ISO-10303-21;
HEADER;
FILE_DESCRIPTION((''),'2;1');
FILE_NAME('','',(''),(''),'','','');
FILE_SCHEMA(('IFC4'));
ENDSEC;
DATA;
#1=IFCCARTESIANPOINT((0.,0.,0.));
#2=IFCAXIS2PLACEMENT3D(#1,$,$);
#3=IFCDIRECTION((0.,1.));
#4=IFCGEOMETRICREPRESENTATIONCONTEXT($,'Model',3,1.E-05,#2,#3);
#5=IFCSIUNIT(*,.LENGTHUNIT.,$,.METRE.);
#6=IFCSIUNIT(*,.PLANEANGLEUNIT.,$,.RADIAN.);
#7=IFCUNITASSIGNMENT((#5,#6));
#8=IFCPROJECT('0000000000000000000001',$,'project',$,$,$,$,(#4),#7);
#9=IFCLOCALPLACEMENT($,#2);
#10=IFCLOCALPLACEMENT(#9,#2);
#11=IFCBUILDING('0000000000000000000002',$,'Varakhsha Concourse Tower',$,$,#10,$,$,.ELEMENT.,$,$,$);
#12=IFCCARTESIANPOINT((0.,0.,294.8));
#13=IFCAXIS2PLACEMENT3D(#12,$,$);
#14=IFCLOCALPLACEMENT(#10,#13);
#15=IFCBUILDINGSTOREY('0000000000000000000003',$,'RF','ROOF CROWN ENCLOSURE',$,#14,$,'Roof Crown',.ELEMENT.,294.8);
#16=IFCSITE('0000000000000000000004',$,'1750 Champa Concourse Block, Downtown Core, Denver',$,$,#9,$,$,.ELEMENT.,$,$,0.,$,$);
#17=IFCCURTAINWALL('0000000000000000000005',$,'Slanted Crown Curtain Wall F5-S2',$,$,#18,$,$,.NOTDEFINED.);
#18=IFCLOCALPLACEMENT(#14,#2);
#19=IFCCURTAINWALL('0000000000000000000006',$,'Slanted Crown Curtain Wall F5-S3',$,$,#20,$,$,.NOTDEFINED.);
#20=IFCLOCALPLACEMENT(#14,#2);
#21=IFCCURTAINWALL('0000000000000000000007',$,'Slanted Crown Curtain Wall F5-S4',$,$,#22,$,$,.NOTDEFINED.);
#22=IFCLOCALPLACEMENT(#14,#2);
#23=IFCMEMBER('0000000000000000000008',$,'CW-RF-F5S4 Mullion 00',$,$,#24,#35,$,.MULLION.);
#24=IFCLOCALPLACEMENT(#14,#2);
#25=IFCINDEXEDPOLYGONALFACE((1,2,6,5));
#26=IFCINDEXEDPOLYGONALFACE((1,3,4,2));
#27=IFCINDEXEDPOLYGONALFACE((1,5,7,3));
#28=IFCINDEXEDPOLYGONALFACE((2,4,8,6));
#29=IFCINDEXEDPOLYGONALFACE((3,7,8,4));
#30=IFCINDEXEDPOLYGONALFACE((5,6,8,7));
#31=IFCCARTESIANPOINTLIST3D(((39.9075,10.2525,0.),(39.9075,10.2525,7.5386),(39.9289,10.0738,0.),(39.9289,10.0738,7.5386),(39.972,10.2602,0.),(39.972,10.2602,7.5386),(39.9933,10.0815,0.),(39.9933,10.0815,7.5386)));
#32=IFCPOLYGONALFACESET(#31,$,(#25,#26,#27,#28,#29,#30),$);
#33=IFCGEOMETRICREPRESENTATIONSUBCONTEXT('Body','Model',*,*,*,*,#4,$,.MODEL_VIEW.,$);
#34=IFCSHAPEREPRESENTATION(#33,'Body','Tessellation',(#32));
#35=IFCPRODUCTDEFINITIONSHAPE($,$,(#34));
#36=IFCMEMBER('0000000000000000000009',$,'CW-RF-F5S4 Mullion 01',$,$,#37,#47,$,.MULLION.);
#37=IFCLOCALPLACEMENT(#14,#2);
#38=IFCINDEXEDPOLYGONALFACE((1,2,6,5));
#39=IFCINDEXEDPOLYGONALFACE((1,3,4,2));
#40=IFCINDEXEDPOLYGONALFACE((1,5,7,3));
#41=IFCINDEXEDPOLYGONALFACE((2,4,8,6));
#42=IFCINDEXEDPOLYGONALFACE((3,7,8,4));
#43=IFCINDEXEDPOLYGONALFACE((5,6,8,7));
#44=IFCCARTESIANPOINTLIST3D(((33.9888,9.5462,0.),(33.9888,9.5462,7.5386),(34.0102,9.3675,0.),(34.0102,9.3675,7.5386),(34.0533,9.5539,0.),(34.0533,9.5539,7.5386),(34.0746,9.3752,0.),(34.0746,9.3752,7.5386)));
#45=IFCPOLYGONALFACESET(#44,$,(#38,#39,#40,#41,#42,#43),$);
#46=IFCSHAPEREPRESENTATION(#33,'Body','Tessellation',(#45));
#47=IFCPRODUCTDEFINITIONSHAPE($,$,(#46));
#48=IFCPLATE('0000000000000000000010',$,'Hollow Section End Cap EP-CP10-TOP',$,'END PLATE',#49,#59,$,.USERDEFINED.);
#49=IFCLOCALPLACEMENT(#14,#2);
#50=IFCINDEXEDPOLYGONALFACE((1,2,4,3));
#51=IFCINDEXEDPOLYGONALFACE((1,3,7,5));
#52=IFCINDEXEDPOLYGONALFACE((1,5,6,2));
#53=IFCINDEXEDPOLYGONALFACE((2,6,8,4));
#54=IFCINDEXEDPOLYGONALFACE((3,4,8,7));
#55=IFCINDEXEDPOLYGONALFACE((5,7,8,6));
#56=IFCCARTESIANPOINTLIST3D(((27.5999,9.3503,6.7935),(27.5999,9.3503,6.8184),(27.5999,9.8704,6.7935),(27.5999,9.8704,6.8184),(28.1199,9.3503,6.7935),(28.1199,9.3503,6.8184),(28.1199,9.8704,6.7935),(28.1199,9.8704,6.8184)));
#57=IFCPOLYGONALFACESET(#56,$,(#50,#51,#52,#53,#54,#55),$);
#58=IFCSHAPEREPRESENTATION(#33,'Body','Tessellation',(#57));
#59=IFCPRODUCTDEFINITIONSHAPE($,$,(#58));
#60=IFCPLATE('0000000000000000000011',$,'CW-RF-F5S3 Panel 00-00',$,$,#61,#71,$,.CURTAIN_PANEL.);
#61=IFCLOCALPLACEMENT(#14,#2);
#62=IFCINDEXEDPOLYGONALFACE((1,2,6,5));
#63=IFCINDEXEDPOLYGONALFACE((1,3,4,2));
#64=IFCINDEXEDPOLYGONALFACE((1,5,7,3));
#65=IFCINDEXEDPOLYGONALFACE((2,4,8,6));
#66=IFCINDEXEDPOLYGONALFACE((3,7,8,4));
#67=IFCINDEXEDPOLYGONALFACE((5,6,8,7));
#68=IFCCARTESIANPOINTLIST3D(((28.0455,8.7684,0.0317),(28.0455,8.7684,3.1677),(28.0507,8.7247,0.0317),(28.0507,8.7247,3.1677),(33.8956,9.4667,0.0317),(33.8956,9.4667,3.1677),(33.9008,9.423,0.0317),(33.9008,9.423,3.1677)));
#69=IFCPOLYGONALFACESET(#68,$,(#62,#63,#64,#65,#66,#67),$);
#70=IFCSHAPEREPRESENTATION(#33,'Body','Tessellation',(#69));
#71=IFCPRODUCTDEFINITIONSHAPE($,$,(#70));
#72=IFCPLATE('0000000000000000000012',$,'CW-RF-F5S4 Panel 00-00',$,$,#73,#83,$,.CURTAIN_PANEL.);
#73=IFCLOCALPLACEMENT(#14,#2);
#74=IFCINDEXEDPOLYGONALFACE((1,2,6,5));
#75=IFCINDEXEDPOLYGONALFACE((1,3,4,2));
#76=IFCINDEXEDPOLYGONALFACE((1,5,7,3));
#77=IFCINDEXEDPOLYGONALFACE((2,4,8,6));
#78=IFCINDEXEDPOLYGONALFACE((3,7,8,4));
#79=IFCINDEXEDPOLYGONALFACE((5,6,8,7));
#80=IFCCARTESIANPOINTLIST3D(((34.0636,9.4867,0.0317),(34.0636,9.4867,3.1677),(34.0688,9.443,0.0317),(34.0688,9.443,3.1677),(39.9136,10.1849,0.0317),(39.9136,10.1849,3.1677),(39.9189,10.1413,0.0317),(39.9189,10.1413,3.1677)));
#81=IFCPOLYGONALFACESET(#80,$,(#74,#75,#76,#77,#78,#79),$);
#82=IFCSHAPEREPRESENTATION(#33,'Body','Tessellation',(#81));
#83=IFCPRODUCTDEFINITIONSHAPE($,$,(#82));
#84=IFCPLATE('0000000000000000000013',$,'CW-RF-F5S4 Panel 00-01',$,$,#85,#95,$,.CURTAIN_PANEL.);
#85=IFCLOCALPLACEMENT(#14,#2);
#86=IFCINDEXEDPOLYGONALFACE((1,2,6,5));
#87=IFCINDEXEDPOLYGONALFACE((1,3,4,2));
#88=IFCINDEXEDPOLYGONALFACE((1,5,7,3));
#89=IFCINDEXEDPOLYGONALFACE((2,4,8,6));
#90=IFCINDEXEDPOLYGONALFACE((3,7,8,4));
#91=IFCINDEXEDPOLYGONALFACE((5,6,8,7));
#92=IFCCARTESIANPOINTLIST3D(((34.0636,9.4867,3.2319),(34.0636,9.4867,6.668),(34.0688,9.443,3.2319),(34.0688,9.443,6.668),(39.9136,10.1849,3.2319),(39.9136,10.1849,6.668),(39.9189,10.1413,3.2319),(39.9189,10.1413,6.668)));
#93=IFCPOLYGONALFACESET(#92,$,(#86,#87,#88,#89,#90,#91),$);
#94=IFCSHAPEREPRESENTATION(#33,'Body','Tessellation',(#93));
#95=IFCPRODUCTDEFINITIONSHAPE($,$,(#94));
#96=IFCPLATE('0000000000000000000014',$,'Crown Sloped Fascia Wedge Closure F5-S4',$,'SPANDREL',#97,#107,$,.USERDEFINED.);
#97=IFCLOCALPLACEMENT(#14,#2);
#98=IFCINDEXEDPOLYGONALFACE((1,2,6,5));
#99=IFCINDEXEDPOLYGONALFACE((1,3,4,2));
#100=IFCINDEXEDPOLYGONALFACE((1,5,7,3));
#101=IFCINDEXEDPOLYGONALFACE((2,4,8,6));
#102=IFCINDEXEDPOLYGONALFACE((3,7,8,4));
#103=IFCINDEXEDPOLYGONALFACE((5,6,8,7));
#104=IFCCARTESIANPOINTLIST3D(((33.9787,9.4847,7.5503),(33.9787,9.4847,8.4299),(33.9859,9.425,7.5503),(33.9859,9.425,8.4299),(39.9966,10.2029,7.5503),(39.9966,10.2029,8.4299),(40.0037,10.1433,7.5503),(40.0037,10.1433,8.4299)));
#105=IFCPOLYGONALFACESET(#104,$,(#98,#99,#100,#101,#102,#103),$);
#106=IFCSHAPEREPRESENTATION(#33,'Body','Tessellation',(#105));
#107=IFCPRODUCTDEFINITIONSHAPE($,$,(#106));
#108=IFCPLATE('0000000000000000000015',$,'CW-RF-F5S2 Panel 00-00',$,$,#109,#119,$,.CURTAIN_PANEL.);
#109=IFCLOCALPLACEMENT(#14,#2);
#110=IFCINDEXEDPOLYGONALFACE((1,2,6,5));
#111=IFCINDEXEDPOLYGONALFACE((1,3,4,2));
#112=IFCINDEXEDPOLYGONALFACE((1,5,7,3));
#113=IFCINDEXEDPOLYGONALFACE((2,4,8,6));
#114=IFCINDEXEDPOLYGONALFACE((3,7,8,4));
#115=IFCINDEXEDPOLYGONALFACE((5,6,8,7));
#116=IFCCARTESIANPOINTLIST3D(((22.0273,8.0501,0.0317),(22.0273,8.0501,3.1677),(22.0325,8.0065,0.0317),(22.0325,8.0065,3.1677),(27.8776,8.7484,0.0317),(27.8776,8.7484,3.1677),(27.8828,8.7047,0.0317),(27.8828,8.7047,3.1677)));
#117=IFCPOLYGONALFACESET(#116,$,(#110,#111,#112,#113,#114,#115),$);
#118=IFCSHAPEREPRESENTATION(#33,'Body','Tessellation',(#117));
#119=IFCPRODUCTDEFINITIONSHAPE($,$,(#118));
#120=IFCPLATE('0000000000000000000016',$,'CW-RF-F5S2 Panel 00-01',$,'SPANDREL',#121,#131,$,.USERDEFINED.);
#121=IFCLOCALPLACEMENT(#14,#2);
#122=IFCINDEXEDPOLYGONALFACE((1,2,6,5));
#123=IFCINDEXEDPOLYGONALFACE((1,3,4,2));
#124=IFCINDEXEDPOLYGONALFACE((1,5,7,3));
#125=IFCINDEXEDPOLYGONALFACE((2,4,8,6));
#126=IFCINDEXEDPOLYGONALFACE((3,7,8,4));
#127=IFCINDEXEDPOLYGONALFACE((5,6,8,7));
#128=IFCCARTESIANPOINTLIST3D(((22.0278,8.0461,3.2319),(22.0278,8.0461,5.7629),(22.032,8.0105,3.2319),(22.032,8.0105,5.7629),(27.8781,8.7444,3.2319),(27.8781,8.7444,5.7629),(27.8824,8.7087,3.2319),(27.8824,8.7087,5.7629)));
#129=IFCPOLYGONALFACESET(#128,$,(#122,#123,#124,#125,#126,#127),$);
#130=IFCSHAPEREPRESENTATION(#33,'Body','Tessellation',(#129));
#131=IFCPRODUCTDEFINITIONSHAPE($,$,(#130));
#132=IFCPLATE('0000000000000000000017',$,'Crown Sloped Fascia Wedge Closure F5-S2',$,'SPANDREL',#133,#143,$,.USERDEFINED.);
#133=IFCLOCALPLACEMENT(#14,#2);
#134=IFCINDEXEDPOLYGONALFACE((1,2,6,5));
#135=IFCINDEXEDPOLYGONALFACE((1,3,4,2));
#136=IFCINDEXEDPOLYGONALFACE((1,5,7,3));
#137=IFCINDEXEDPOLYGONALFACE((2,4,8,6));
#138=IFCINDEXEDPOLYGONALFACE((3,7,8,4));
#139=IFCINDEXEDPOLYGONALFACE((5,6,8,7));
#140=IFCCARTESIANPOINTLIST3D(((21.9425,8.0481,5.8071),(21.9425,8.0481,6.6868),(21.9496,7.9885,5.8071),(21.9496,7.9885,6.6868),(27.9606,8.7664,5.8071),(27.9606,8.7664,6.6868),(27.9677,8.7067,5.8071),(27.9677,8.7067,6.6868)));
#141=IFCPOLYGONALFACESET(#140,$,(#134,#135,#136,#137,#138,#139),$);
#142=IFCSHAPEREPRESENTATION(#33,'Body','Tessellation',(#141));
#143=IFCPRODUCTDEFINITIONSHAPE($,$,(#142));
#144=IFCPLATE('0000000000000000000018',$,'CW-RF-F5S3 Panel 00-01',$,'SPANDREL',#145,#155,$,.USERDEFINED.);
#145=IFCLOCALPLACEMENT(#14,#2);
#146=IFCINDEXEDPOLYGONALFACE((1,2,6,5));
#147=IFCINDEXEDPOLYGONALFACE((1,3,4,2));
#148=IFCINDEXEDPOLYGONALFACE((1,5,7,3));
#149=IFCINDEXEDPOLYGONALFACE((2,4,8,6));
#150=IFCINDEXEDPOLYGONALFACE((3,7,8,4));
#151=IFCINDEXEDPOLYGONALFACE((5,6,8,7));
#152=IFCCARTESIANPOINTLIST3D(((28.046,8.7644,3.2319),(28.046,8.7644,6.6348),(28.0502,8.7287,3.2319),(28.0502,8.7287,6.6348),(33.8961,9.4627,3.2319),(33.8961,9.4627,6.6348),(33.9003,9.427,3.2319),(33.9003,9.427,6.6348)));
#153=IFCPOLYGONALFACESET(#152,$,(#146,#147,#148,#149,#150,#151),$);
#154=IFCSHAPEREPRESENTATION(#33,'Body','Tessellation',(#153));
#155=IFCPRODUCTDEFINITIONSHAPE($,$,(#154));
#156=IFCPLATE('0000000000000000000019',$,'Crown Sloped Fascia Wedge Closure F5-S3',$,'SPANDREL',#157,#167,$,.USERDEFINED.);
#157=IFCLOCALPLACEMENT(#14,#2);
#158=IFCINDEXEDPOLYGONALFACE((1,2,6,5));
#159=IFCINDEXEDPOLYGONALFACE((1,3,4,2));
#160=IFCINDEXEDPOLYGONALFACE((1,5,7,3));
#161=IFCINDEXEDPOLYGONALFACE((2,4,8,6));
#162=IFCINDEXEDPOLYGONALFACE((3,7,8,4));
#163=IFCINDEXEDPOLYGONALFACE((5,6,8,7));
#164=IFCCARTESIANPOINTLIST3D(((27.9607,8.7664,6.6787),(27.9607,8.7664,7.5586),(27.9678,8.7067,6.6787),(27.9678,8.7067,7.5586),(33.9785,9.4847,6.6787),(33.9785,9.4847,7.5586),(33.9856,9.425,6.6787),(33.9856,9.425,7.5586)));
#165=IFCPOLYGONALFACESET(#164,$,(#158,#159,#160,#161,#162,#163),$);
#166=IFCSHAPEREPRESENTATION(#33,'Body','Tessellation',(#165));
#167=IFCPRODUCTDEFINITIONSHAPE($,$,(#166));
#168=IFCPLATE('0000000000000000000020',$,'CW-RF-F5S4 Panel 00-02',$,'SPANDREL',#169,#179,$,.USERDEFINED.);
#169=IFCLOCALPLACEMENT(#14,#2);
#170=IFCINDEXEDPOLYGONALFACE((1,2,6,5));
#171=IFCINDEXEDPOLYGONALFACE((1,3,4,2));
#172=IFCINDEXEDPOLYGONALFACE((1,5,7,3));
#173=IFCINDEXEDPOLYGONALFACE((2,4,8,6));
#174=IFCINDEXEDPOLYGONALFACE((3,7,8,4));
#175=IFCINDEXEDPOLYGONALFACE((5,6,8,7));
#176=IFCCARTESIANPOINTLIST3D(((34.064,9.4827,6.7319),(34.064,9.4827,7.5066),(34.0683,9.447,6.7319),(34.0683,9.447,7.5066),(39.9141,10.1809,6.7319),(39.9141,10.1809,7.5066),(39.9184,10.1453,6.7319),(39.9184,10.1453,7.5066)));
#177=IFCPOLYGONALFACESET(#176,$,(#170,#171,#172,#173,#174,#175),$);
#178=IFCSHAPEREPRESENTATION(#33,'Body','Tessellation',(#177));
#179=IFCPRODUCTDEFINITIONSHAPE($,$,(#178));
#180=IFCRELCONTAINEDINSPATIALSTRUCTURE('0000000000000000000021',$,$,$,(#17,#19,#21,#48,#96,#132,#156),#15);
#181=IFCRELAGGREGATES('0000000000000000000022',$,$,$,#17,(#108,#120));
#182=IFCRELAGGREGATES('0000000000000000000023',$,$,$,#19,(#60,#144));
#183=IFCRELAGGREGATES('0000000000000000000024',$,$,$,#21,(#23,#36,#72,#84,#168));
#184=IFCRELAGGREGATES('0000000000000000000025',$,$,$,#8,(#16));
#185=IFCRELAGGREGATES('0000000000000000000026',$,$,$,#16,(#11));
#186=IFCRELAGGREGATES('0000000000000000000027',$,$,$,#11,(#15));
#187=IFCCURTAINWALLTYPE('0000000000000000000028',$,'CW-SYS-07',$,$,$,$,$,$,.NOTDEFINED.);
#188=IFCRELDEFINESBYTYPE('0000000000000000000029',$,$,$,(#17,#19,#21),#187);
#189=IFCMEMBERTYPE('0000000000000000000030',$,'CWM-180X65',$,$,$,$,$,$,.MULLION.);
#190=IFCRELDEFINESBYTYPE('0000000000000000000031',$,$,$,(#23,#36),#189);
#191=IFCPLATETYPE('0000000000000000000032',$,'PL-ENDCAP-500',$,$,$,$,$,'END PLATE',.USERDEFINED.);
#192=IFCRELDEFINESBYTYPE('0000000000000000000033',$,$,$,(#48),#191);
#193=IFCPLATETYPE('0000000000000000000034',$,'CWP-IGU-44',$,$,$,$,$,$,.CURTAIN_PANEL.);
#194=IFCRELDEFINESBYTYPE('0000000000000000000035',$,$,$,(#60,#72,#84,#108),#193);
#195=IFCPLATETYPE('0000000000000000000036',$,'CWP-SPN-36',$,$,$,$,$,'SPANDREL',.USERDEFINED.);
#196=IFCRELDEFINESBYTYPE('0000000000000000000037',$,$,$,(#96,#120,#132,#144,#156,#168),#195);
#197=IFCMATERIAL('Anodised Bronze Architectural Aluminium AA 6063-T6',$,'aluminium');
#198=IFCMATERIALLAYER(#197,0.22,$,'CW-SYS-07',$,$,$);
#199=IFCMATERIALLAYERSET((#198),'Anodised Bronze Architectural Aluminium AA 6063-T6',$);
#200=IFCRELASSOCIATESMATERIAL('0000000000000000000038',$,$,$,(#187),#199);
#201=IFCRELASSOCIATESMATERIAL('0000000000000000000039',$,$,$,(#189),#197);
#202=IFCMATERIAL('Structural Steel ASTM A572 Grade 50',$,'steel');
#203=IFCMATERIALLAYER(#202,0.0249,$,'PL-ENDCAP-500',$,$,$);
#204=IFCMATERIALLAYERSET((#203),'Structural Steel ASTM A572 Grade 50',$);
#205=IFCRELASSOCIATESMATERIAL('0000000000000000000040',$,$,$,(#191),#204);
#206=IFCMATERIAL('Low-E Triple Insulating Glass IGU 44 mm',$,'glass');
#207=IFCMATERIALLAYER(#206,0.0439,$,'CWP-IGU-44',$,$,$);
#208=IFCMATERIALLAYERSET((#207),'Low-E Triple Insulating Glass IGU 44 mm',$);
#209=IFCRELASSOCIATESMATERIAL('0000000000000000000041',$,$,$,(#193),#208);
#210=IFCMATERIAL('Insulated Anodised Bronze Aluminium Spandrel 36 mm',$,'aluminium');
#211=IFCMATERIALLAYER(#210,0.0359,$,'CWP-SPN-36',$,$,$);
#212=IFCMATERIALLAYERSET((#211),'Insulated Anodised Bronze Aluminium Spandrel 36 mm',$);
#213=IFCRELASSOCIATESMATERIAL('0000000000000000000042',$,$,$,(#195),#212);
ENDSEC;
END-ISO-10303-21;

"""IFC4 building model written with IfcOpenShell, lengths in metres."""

from ifc_helpers import new_model, si_unit, direction, frame, origin, origin_2d, place, context, subcontext, project, spatial, rectangle, extrude, source, transform, mapped, material, layer, layer_set, material_profile, profile_set, type_object, type_shapes, element, aggregate, save


model = new_model("IFC4")

# Units and contexts
model_context = context("Model", 3, precision=1e-05, world=origin(), true_north=direction((0.0, 1.0)))
body_context = subcontext(model_context, "Body", "Model", "MODEL_VIEW")
ifc_project = project(units=[si_unit("LENGTHUNIT", "METRE"), si_unit("PLANEANGLEUNIT", "RADIAN")], contexts=[model_context])

# Site, building, storey
site_placement = place(None, origin())
site = spatial("IfcSite", under=ifc_project, at=site_placement, Name="1750 Champa Concourse Block, Downtown Core, Denver", CompositionType="ELEMENT", RefElevation=0.0)
building_placement = place(site_placement, origin())
building = spatial("IfcBuilding", under=site, at=building_placement, Name="Varakhsha Concourse Tower", CompositionType="ELEMENT")
storey_placement = place(building_placement, frame((0.0, 0.0, 294.8)))
storey = spatial("IfcBuildingStorey", under=building, at=storey_placement, Name="RF", Description="ROOF CROWN ENCLOSURE", LongName="Roof Crown", CompositionType="ELEMENT", Elevation=294.8)

# Shared definitions
ifc_material_1 = material(Name="Structural Steel ASTM A572 Grade 50", Category="steel")

# Curtain walls
ifc_material_2 = material(Name="Anodised Bronze Architectural Aluminium AA 6063-T6", Category="aluminium")
ifc_layer_1 = layer(ifc_material_2, 0.22, Name="CW-SYS-07")
ifc_layer_set_1 = layer_set([ifc_layer_1], Name="Anodised Bronze Architectural Aluminium AA 6063-T6")
curtain_wall_type = type_object("IfcCurtainWallType", Name="CW-SYS-07", PredefinedType="NOTDEFINED", material=ifc_layer_set_1)
curtain_wall_1_placement = place(storey_placement, origin())
curtain_wall_1 = element("IfcCurtainWall", 1, at=curtain_wall_1_placement, inside=storey, type_object=curtain_wall_type, Name="Slanted Crown Curtain Wall F5-S2", PredefinedType="NOTDEFINED")
curtain_wall_2_placement = place(storey_placement, origin())
curtain_wall_2 = element("IfcCurtainWall", 2, at=curtain_wall_2_placement, inside=storey, type_object=curtain_wall_type, Name="Slanted Crown Curtain Wall F5-S3", PredefinedType="NOTDEFINED")
curtain_wall_3_placement = place(storey_placement, origin())
curtain_wall_3 = element("IfcCurtainWall", 3, at=curtain_wall_3_placement, inside=storey, type_object=curtain_wall_type, Name="Slanted Crown Curtain Wall F5-S4", PredefinedType="NOTDEFINED")

# Members
ifc_material_profile_1 = material_profile(ifc_material_2, rectangle(XDim=0.0649, YDim=0.1799, at=origin_2d()), Name="CWM-180X65")
ifc_profile_set_1 = profile_set([ifc_material_profile_1], Name="Anodised Bronze Architectural Aluminium AA 6063-T6")
member_type_1 = type_object("IfcMemberType", Name="CWM-180X65", PredefinedType="MULLION", material=ifc_profile_set_1)
shared_shape_1 = source(origin(), body_context, "Body", "SweptSolid", [
    extrude(rectangle(XDim=0.0649, YDim=0.1799, at=origin_2d()), origin(), (0.0, 0.0, 1.0), 7.5386),
])
member_1_placement = place(storey_placement, frame((39.9504, 10.167, 0.0), z_axis=(0.0, 0.0, 1.0), x_axis=(-0.992953, -0.11851, 0.0)))
member_1 = element("IfcMember", 4, at=member_1_placement, type_object=member_type_1, Name="CW-RF-F5S4 Mullion 00", PredefinedType="MULLION", context=body_context, shape_type="MappedRepresentation", body=[
    mapped(shared_shape_1, transform((0.0, 0.0, 0.0), scale=1.0)),
])
member_2_placement = place(storey_placement, frame((34.0317, 9.4607, 0.0), z_axis=(0.0, 0.0, 1.0), x_axis=(-0.992953, -0.11851, 0.0)))
member_2 = element("IfcMember", 5, at=member_2_placement, type_object=member_type_1, Name="CW-RF-F5S4 Mullion 01", PredefinedType="MULLION", context=body_context, shape_type="MappedRepresentation", body=[
    mapped(shared_shape_1, transform((0.0, 0.0, 0.0), scale=1.0)),
])

# Plates
ifc_layer_2 = layer(ifc_material_1, 0.0249, Name="PL-ENDCAP-500")
ifc_layer_set_2 = layer_set([ifc_layer_2], Name="Structural Steel ASTM A572 Grade 50")
plate_type_1 = type_object("IfcPlateType", Name="PL-ENDCAP-500", ElementType="END PLATE", PredefinedType="USERDEFINED", material=ifc_layer_set_2)
shared_shape_2 = source(origin(), body_context, "Body", "SweptSolid", [
    extrude(rectangle(XDim=0.52, YDim=0.52, at=origin_2d()), origin(), (0.0, 0.0, 1.0), 0.0249),
])
type_shapes(plate_type_1, [shared_shape_2])
plate_1_placement = place(storey_placement, frame((27.8599, 9.6104, 6.7935), z_axis=(0.0, 0.0, 1.0), x_axis=(1.0, 0.0, 0.0)))
element("IfcPlate", 6, at=plate_1_placement, inside=storey, type_object=plate_type_1, Name="Hollow Section End Cap EP-CP10-TOP", ObjectType="END PLATE", PredefinedType="USERDEFINED", context=body_context, shape_type="MappedRepresentation", body=[
    mapped(shared_shape_2, transform((0.0, 0.0, 0.0), scale=1.0)),
])
ifc_material_3 = material(Name="Low-E Triple Insulating Glass IGU 44 mm", Category="glass")
ifc_layer_3 = layer(ifc_material_3, 0.0439, Name="CWP-IGU-44")
ifc_layer_set_3 = layer_set([ifc_layer_3], Name="Low-E Triple Insulating Glass IGU 44 mm")
plate_type_2 = type_object("IfcPlateType", Name="CWP-IGU-44", PredefinedType="CURTAIN_PANEL", material=ifc_layer_set_3)
shared_shape_3 = source(origin(), body_context, "Body", "SweptSolid", [
    extrude(rectangle(XDim=5.8916, YDim=0.0439, at=origin_2d()), origin(), (0.0, 0.0, 1.0), 3.136),
])
plate_2_placement = place(storey_placement, frame((30.9731, 9.0957, 0.0317), z_axis=(0.0, 0.0, 1.0), x_axis=(-0.992951, -0.118525, 0.0)))
plate_2 = element("IfcPlate", 7, at=plate_2_placement, type_object=plate_type_2, Name="CW-RF-F5S3 Panel 00-00", PredefinedType="CURTAIN_PANEL", context=body_context, shape_type="MappedRepresentation", body=[
    mapped(shared_shape_3, transform((0.0, 0.0, 0.0), scale=1.0)),
])
plate_3_placement = place(storey_placement, frame((36.9912, 9.814, 0.0317), z_axis=(0.0, 0.0, 1.0), x_axis=(-0.992953, -0.11851, 0.0)))
plate_3 = element("IfcPlate", 8, at=plate_3_placement, type_object=plate_type_2, Name="CW-RF-F5S4 Panel 00-00", PredefinedType="CURTAIN_PANEL", context=body_context, shape_type="MappedRepresentation", body=[
    mapped(shared_shape_3, transform((0.0, 0.0, 0.0), scale=1.0)),
])
shared_shape_4 = source(origin(), body_context, "Body", "SweptSolid", [
    extrude(rectangle(XDim=5.8916, YDim=0.0439, at=origin_2d()), origin(), (0.0, 0.0, 1.0), 3.436),
])
plate_4_placement = place(storey_placement, frame((36.9912, 9.814, 3.2319), z_axis=(0.0, 0.0, 1.0), x_axis=(-0.992953, -0.11851, 0.0)))
plate_4 = element("IfcPlate", 9, at=plate_4_placement, type_object=plate_type_2, Name="CW-RF-F5S4 Panel 00-01", PredefinedType="CURTAIN_PANEL", context=body_context, shape_type="MappedRepresentation", body=[
    mapped(shared_shape_4, transform((0.0, 0.0, 0.0), scale=1.0)),
])
ifc_material_4 = material(Name="Insulated Anodised Bronze Aluminium Spandrel 36 mm", Category="aluminium")
ifc_layer_4 = layer(ifc_material_4, 0.0359, Name="CWP-SPN-36")
ifc_layer_set_4 = layer_set([ifc_layer_4], Name="Insulated Anodised Bronze Aluminium Spandrel 36 mm")
plate_type_3 = type_object("IfcPlateType", Name="CWP-SPN-36", ElementType="SPANDREL", PredefinedType="USERDEFINED", material=ifc_layer_set_4)
shared_shape_5 = source(origin(), body_context, "Body", "SweptSolid", [
    extrude(rectangle(XDim=6.0605, YDim=0.0601, at=origin_2d()), origin(), (0.0, 0.0, 1.0), 0.8796),
])
plate_5_placement = place(storey_placement, frame((36.9912, 9.814, 7.5503), z_axis=(0.0, 0.0, 1.0), x_axis=(-0.992953, -0.118508, 0.0)))
element("IfcPlate", 10, at=plate_5_placement, inside=storey, type_object=plate_type_3, Name="Crown Sloped Fascia Wedge Closure F5-S4", ObjectType="SPANDREL", PredefinedType="USERDEFINED", context=body_context, shape_type="MappedRepresentation", body=[
    mapped(shared_shape_5, transform((0.0, 0.0, 0.0), scale=1.0)),
])
shared_shape_6 = source(origin(), body_context, "Body", "SweptSolid", [
    extrude(rectangle(XDim=5.8918, YDim=0.0439, at=origin_2d()), origin(), (0.0, 0.0, 1.0), 3.136),
])
type_shapes(plate_type_2, [shared_shape_3, shared_shape_4, shared_shape_6])
plate_6_placement = place(storey_placement, frame((24.9551, 8.3774, 0.0317), z_axis=(0.0, 0.0, 1.0), x_axis=(-0.992953, -0.118508, 0.0)))
plate_6 = element("IfcPlate", 11, at=plate_6_placement, type_object=plate_type_2, Name="CW-RF-F5S2 Panel 00-00", PredefinedType="CURTAIN_PANEL", context=body_context, shape_type="MappedRepresentation", body=[
    mapped(shared_shape_6, transform((0.0, 0.0, 0.0), scale=1.0)),
])
shared_shape_7 = source(origin(), body_context, "Body", "SweptSolid", [
    extrude(rectangle(XDim=5.8918, YDim=0.0359, at=origin_2d()), origin(), (0.0, 0.0, 1.0), 2.531),
])
plate_7_placement = place(storey_placement, frame((24.9551, 8.3774, 3.2319), z_axis=(0.0, 0.0, 1.0), x_axis=(-0.992953, -0.118508, 0.0)))
plate_7 = element("IfcPlate", 12, at=plate_7_placement, type_object=plate_type_3, Name="CW-RF-F5S2 Panel 00-01", ObjectType="SPANDREL", PredefinedType="USERDEFINED", context=body_context, shape_type="MappedRepresentation", body=[
    mapped(shared_shape_7, transform((0.0, 0.0, 0.0), scale=1.0)),
])
aggregate(curtain_wall_1, [plate_6, plate_7])
shared_shape_8 = source(origin(), body_context, "Body", "SweptSolid", [
    extrude(rectangle(XDim=6.0608, YDim=0.0601, at=origin_2d()), origin(), (0.0, 0.0, 1.0), 0.8796),
])
plate_8_placement = place(storey_placement, frame((24.9551, 8.3774, 5.8071), z_axis=(0.0, 0.0, 1.0), x_axis=(-0.992953, -0.118508, 0.0)))
element("IfcPlate", 13, at=plate_8_placement, inside=storey, type_object=plate_type_3, Name="Crown Sloped Fascia Wedge Closure F5-S2", ObjectType="SPANDREL", PredefinedType="USERDEFINED", context=body_context, shape_type="MappedRepresentation", body=[
    mapped(shared_shape_8, transform((0.0, 0.0, 0.0), scale=1.0)),
])
shared_shape_9 = source(origin(), body_context, "Body", "SweptSolid", [
    extrude(rectangle(XDim=5.8916, YDim=0.0359, at=origin_2d()), origin(), (0.0, 0.0, 1.0), 3.4028),
])
plate_9_placement = place(storey_placement, frame((30.9731, 9.0957, 3.2319), z_axis=(0.0, 0.0, 1.0), x_axis=(-0.992951, -0.118525, 0.0)))
plate_9 = element("IfcPlate", 14, at=plate_9_placement, type_object=plate_type_3, Name="CW-RF-F5S3 Panel 00-01", ObjectType="SPANDREL", PredefinedType="USERDEFINED", context=body_context, shape_type="MappedRepresentation", body=[
    mapped(shared_shape_9, transform((0.0, 0.0, 0.0), scale=1.0)),
])
aggregate(curtain_wall_2, [plate_2, plate_9])
shared_shape_10 = source(origin(), body_context, "Body", "SweptSolid", [
    extrude(rectangle(XDim=6.0605, YDim=0.0601, at=origin_2d()), origin(), (0.0, 0.0, 1.0), 0.8799),
])
plate_10_placement = place(storey_placement, frame((30.9731, 9.0957, 6.6787), z_axis=(0.0, 0.0, 1.0), x_axis=(-0.992951, -0.118525, 0.0)))
element("IfcPlate", 15, at=plate_10_placement, inside=storey, type_object=plate_type_3, Name="Crown Sloped Fascia Wedge Closure F5-S3", ObjectType="SPANDREL", PredefinedType="USERDEFINED", context=body_context, shape_type="MappedRepresentation", body=[
    mapped(shared_shape_10, transform((0.0, 0.0, 0.0), scale=1.0)),
])
shared_shape_11 = source(origin(), body_context, "Body", "SweptSolid", [
    extrude(rectangle(XDim=5.8916, YDim=0.0359, at=origin_2d()), origin(), (0.0, 0.0, 1.0), 0.7747),
])
type_shapes(plate_type_3, [shared_shape_5, shared_shape_7, shared_shape_8, shared_shape_9, shared_shape_10, shared_shape_11])
plate_11_placement = place(storey_placement, frame((36.9912, 9.814, 6.7319), z_axis=(0.0, 0.0, 1.0), x_axis=(-0.992953, -0.11851, 0.0)))
plate_11 = element("IfcPlate", 16, at=plate_11_placement, type_object=plate_type_3, Name="CW-RF-F5S4 Panel 00-02", ObjectType="SPANDREL", PredefinedType="USERDEFINED", context=body_context, shape_type="MappedRepresentation", body=[
    mapped(shared_shape_11, transform((0.0, 0.0, 0.0), scale=1.0)),
])
aggregate(curtain_wall_3, [member_1, member_2, plate_3, plate_4, plate_11])

save(model, "model.ifc")
